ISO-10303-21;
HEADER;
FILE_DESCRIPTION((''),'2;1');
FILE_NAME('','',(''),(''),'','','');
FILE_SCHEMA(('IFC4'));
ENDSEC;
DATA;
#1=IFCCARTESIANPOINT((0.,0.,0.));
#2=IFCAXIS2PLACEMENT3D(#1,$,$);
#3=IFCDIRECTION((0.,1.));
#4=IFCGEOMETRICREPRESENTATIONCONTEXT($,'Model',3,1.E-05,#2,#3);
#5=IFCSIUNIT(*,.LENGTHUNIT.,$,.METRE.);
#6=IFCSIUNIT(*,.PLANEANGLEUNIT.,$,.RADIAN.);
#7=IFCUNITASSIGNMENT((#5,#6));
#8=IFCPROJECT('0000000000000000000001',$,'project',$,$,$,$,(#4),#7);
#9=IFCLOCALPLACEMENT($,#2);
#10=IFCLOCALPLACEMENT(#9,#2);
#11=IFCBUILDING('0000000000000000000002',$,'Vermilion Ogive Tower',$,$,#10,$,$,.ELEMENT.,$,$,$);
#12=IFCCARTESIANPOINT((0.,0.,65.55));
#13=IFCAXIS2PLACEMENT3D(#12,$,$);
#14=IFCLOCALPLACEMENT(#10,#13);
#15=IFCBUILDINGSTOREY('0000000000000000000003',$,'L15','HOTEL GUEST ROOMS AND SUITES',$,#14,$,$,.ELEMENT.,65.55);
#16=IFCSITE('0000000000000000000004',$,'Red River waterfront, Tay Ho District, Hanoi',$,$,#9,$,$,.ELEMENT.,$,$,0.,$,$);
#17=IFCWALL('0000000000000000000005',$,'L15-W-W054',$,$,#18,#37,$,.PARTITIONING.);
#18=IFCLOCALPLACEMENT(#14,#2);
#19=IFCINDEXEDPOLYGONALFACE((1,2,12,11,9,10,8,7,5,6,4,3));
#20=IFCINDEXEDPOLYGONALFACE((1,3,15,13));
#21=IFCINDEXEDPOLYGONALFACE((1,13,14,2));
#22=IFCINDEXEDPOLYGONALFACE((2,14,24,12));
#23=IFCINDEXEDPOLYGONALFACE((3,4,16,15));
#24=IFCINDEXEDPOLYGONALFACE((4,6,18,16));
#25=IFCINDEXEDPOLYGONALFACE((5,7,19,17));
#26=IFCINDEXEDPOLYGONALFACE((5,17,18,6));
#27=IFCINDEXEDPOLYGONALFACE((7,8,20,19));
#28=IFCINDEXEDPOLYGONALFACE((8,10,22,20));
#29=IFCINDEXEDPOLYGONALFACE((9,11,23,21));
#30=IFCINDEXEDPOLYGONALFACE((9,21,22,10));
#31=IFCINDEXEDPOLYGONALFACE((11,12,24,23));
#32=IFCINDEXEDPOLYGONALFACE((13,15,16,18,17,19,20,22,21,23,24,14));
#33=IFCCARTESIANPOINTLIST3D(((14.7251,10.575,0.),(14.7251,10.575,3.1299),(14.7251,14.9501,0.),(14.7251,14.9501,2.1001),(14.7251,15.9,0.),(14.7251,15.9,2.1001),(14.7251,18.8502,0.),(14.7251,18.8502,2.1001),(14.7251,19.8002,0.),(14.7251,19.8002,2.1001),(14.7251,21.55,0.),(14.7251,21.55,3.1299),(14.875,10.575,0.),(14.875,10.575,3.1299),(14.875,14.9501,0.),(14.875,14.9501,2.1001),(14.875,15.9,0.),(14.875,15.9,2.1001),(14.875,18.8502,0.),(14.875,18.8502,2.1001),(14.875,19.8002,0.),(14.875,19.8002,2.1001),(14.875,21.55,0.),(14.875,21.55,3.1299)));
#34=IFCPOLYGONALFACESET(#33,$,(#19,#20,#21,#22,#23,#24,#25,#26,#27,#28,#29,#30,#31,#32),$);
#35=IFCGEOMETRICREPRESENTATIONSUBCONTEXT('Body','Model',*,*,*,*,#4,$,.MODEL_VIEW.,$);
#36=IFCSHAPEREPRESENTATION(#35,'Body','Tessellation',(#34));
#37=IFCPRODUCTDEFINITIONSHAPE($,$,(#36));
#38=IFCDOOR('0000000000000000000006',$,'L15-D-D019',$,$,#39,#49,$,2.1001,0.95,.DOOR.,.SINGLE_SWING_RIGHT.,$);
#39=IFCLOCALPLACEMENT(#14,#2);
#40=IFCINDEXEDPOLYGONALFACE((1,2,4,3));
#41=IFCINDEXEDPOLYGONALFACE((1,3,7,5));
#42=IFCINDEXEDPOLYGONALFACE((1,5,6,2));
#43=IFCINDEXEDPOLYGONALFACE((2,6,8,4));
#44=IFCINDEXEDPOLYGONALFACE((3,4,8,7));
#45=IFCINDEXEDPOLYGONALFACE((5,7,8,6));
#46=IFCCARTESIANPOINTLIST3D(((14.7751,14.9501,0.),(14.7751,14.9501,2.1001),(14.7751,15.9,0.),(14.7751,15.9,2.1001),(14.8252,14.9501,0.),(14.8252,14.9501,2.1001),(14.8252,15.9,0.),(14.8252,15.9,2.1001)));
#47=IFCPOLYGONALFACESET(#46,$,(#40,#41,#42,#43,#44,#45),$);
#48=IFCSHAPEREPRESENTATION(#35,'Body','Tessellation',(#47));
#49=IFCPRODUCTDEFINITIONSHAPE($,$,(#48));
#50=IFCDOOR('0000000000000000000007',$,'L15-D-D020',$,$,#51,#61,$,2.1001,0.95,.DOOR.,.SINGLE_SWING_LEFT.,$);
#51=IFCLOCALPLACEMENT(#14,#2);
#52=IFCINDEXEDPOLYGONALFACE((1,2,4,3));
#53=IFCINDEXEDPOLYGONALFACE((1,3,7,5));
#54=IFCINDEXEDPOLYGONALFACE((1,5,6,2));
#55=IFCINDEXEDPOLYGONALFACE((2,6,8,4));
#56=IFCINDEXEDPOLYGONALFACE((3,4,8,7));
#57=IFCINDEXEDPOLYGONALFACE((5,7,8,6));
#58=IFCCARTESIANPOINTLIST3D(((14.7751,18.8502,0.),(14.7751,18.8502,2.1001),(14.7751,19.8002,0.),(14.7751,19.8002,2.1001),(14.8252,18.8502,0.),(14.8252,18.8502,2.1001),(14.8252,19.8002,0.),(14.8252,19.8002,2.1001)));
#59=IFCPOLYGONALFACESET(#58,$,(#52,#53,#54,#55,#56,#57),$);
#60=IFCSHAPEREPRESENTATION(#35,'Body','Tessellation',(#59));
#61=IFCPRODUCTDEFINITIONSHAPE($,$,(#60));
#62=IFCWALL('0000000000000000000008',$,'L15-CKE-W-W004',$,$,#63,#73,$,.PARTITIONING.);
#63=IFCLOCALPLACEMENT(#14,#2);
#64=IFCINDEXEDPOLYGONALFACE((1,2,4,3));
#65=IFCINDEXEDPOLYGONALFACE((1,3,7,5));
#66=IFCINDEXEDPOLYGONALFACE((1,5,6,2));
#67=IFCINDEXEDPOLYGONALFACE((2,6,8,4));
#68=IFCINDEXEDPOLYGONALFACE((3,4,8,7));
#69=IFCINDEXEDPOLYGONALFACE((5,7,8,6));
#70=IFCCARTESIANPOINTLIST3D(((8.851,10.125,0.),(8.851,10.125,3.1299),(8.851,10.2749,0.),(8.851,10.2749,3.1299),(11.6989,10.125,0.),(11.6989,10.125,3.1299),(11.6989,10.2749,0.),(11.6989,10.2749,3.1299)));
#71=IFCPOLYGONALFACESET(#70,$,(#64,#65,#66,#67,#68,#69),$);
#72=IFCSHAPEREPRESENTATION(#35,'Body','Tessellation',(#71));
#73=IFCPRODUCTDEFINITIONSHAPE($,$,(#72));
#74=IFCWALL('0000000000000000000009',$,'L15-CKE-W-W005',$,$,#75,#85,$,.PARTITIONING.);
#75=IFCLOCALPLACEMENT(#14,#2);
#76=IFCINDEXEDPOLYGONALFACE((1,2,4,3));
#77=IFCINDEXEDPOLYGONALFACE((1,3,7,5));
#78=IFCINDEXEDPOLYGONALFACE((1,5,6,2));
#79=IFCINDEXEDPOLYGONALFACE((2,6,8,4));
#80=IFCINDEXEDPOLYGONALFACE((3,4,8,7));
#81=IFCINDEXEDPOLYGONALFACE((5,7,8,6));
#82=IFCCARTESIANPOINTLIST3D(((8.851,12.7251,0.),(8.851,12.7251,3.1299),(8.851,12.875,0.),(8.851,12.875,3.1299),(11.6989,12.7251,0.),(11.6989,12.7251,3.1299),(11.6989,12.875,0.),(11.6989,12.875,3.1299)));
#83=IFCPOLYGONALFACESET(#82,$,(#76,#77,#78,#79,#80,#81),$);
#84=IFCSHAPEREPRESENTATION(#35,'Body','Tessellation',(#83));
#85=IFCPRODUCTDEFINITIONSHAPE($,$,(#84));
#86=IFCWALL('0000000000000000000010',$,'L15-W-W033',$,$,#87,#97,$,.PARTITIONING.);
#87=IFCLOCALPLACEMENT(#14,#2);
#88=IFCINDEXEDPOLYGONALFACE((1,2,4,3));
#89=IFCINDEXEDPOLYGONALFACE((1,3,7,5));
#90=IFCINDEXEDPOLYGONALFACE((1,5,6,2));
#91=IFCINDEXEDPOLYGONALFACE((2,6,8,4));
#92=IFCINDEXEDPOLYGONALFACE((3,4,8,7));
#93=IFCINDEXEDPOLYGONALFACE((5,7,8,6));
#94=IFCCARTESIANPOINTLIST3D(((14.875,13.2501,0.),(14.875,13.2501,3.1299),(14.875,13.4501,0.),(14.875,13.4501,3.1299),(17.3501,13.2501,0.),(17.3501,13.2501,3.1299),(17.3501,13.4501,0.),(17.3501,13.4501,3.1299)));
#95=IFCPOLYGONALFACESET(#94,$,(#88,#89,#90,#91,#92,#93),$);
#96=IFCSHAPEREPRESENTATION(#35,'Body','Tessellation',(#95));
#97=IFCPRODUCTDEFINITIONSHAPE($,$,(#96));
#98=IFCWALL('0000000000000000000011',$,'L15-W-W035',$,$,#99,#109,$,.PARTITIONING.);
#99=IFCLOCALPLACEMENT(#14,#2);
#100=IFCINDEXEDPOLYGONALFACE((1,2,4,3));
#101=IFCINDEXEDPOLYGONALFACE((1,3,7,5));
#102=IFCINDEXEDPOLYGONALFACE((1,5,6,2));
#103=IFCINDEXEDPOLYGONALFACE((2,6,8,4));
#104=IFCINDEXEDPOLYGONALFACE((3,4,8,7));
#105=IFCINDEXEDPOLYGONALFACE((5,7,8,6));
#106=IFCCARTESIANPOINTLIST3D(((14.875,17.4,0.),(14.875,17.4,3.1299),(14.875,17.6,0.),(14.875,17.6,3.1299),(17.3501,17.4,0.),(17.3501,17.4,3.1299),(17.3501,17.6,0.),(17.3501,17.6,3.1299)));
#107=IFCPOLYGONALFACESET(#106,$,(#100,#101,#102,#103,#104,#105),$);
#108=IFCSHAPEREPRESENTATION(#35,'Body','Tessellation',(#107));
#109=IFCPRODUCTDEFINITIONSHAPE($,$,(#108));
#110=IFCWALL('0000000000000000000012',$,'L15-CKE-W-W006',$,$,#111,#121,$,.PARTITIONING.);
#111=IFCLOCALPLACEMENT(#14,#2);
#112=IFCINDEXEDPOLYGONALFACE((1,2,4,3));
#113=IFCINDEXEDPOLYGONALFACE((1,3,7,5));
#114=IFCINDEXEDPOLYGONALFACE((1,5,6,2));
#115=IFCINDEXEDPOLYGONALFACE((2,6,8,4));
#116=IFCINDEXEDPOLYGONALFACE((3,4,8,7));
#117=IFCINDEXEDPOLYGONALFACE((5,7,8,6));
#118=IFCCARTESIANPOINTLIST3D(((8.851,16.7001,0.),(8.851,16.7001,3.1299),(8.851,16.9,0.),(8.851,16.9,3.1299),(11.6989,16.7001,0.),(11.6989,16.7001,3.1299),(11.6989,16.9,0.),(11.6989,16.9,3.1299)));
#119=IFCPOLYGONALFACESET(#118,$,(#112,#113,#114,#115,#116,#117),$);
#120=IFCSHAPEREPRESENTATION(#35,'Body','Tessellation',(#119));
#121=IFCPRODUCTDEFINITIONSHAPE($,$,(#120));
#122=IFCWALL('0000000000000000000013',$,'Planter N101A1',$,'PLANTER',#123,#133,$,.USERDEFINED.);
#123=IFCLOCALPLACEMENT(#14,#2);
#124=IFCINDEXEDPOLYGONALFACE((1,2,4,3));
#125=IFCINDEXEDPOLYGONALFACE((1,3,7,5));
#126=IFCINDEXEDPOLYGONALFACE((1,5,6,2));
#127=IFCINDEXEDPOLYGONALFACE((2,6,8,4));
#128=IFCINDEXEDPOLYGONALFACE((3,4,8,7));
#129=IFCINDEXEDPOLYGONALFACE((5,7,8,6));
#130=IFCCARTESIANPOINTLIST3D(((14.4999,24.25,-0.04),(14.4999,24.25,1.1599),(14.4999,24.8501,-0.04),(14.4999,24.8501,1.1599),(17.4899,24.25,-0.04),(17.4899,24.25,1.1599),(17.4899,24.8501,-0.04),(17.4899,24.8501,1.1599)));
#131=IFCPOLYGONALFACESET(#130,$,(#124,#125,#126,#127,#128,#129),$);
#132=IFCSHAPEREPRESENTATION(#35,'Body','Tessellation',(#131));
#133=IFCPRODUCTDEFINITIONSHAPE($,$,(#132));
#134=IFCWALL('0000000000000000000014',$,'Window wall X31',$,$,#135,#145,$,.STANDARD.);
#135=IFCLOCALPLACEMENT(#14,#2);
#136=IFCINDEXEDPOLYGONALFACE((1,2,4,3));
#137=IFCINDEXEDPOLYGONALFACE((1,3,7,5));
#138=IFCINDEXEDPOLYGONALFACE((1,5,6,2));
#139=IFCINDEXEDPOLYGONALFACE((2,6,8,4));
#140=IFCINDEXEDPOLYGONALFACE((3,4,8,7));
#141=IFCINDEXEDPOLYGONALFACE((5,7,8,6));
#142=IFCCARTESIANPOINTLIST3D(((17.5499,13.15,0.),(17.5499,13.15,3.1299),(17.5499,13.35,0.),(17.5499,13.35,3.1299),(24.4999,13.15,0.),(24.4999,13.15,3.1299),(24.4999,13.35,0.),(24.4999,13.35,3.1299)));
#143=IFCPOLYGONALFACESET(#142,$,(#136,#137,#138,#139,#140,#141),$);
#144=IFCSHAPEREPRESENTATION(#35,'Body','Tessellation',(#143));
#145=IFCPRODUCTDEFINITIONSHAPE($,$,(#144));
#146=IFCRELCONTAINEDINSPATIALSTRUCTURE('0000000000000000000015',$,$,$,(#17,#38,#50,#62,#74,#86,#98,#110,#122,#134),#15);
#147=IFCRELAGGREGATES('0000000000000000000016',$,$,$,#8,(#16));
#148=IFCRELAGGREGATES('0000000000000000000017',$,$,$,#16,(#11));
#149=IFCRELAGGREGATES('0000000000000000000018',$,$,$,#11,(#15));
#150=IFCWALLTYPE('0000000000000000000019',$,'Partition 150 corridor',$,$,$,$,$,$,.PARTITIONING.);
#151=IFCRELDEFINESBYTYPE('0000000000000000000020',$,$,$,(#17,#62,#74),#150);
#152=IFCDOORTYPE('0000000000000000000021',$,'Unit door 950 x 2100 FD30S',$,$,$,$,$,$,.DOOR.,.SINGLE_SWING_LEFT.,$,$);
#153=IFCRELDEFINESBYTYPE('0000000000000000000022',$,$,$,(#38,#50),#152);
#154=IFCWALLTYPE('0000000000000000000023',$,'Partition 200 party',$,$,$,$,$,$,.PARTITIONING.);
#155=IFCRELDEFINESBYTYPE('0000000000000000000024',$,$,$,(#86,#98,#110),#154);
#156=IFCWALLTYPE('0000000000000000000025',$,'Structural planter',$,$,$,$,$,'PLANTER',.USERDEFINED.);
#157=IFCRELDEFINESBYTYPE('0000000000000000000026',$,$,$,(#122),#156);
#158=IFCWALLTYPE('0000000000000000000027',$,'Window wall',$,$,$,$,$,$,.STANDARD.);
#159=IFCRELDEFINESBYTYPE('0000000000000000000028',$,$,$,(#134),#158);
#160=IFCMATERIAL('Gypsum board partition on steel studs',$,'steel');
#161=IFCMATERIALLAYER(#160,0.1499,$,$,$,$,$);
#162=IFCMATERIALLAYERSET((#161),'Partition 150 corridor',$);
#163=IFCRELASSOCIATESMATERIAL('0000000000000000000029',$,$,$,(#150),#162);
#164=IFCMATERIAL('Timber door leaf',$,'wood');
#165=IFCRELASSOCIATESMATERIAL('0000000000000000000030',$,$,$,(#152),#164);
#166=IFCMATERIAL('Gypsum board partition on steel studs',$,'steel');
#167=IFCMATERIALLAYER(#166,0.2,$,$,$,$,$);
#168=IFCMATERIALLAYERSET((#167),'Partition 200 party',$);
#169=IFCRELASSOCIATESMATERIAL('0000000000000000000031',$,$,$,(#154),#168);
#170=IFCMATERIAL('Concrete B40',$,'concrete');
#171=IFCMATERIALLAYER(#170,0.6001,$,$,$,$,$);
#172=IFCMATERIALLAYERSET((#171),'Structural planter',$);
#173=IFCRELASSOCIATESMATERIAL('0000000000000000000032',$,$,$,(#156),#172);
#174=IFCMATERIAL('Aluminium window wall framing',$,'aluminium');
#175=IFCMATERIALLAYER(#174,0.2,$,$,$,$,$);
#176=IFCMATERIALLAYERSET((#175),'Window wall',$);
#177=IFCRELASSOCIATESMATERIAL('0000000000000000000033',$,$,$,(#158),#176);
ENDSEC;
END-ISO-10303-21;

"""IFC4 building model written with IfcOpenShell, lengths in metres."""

from ifc_helpers import new_model, si_unit, direction, frame, frame_2d, origin, place, context, subcontext, project, spatial, rectangle, extrude, material, layer, layer_set, type_object, element, fill, save


model = new_model("IFC4")

# Units and contexts
model_context = context("Model", 3, precision=1e-05, world=origin(), true_north=direction((0.0, 1.0)))
body_context = subcontext(model_context, "Body", "Model", "MODEL_VIEW")
ifc_project = project(units=[si_unit("LENGTHUNIT", "METRE"), si_unit("PLANEANGLEUNIT", "RADIAN")], contexts=[model_context])

# Site, building, storey
site_placement = place(None, origin())
site = spatial("IfcSite", under=ifc_project, at=site_placement, Name="Red River waterfront, Tay Ho District, Hanoi", CompositionType="ELEMENT", RefElevation=0.0)
building_placement = place(site_placement, origin())
building = spatial("IfcBuilding", under=site, at=building_placement, Name="Vermilion Ogive Tower", CompositionType="ELEMENT")
storey_placement = place(building_placement, frame((0.0, 0.0, 65.55)))
storey = spatial("IfcBuildingStorey", under=building, at=storey_placement, Name="L15", Description="HOTEL GUEST ROOMS AND SUITES", CompositionType="ELEMENT", Elevation=65.55)

# Shared definitions
ifc_material_1 = material(Name="Gypsum board partition on steel studs", Category="steel")
ifc_layer_1 = layer(ifc_material_1, 0.1499)
ifc_layer_set_1 = layer_set([ifc_layer_1], Name="Partition 150 corridor")
wall_type_1 = type_object("IfcWallType", Name="Partition 150 corridor", PredefinedType="PARTITIONING", material=ifc_layer_set_1)

# Wall, openings, doors
wall_1_placement = place(storey_placement, frame((14.8, 10.575, 0.0), z_axis=(0.0, 0.0, 1.0), x_axis=(0.0, 1.0, 0.0)))
wall_1 = element("IfcWall", 1, at=wall_1_placement, inside=storey, type_object=wall_type_1, Name="L15-W-W054", PredefinedType="PARTITIONING", context=body_context, shape_type="SweptSolid", body=[
    extrude(rectangle(XDim=10.9751, YDim=0.1499, at=frame_2d((5.4875, 0.0))), origin(), (0.0, 0.0, 1.0), 3.1299),
])
opening_1_placement = place(wall_1_placement, frame((4.375, 0.0, 0.0)))
opening_1 = element("IfcOpeningElement", 2, at=opening_1_placement, cuts=wall_1, PredefinedType="OPENING", context=body_context, shape_type="SweptSolid", body=[
    extrude(rectangle(XDim=0.95, YDim=2.1001, at=frame_2d((0.4751, 1.05))), frame((0.0, 0.085, 0.0), z_axis=(0.0, -1.0, 0.0), x_axis=(1.0, 0.0, 0.0)), (0.0, 0.0, 1.0), 0.1699),
])
opening_2_placement = place(wall_1_placement, frame((8.2751, 0.0, 0.0)))
opening_2 = element("IfcOpeningElement", 3, at=opening_2_placement, cuts=wall_1, PredefinedType="OPENING", context=body_context, shape_type="SweptSolid", body=[
    extrude(rectangle(XDim=0.95, YDim=2.1001, at=frame_2d((0.4751, 1.05))), frame((0.0, 0.085, 0.0), z_axis=(0.0, -1.0, 0.0), x_axis=(1.0, 0.0, 0.0)), (0.0, 0.0, 1.0), 0.1699),
])
ifc_material_2 = material(Name="Timber door leaf", Category="wood")
door_type_1 = type_object("IfcDoorType", Name="Unit door 950 x 2100 FD30S", OperationType="SINGLE_SWING_LEFT", PredefinedType="DOOR", material=ifc_material_2)
door_1_placement = place(opening_1_placement, origin())
door_1 = element("IfcDoor", 4, at=door_1_placement, inside=storey, type_object=door_type_1, Name="L15-D-D019", OperationType="SINGLE_SWING_RIGHT", OverallHeight=2.1001, OverallWidth=0.95, PredefinedType="DOOR", context=body_context, shape_type="SweptSolid", body=[
    extrude(rectangle(XDim=0.95, YDim=2.1001, at=frame_2d((0.4751, 1.05))), frame((0.0, 0.0249, 0.0), z_axis=(0.0, -1.0, 0.0), x_axis=(1.0, 0.0, 0.0)), (0.0, 0.0, 1.0), 0.05),
])
fill(opening_1, door_1)
door_2_placement = place(opening_2_placement, origin())
door_2 = element("IfcDoor", 5, at=door_2_placement, inside=storey, type_object=door_type_1, Name="L15-D-D020", OperationType="SINGLE_SWING_LEFT", OverallHeight=2.1001, OverallWidth=0.95, PredefinedType="DOOR", context=body_context, shape_type="SweptSolid", body=[
    extrude(rectangle(XDim=0.95, YDim=2.1001, at=frame_2d((0.4751, 1.05))), frame((0.0, 0.0249, 0.0), z_axis=(0.0, -1.0, 0.0), x_axis=(1.0, 0.0, 0.0)), (0.0, 0.0, 1.0), 0.05),
])
fill(opening_2, door_2)

# Walls
for number, where, z_axis, x_axis, name in (
    (6, (8.8511, 10.2, 0.0), (0.0, 0.0, 1.0), (1.0, 0.0, 0.0), "L15-CKE-W-W004"),
    (7, (8.8511, 12.8, 0.0), (0.0, 0.0, 1.0), (1.0, 0.0, 0.0), "L15-CKE-W-W005"),
):
    element("IfcWall", number, at=place(storey_placement, frame(where, z_axis=z_axis, x_axis=x_axis)), inside=storey, type_object=wall_type_1, Name=name, PredefinedType="PARTITIONING", context=body_context, shape_type="SweptSolid", body=[
        extrude(rectangle(XDim=2.8479, YDim=0.1499, at=frame_2d((1.4238, 0.0))), origin(), (0.0, 0.0, 1.0), 3.1299),
    ])
ifc_material_3 = material(Name="Gypsum board partition on steel studs", Category="steel")
ifc_layer_2 = layer(ifc_material_3, 0.2)
ifc_layer_set_2 = layer_set([ifc_layer_2], Name="Partition 200 party")
wall_type_2 = type_object("IfcWallType", Name="Partition 200 party", PredefinedType="PARTITIONING", material=ifc_layer_set_2)
for number, where, z_axis, x_axis, name in (
    (8, (14.875, 13.3501, 0.0), (0.0, 0.0, 1.0), (1.0, 0.0, 0.0), "L15-W-W033"),
    (9, (14.875, 17.5, 0.0), (0.0, 0.0, 1.0), (1.0, 0.0, 0.0), "L15-W-W035"),
):
    element("IfcWall", number, at=place(storey_placement, frame(where, z_axis=z_axis, x_axis=x_axis)), inside=storey, type_object=wall_type_2, Name=name, PredefinedType="PARTITIONING", context=body_context, shape_type="SweptSolid", body=[
        extrude(rectangle(XDim=2.4751, YDim=0.2, at=frame_2d((1.2375, 0.0))), origin(), (0.0, 0.0, 1.0), 3.1299),
    ])
wall_2_placement = place(storey_placement, frame((8.8511, 16.8, 0.0), z_axis=(0.0, 0.0, 1.0), x_axis=(1.0, 0.0, 0.0)))
element("IfcWall", 10, at=wall_2_placement, inside=storey, type_object=wall_type_2, Name="L15-CKE-W-W006", PredefinedType="PARTITIONING", context=body_context, shape_type="SweptSolid", body=[
    extrude(rectangle(XDim=2.8479, YDim=0.2, at=frame_2d((1.4238, 0.0))), origin(), (0.0, 0.0, 1.0), 3.1299),
])
ifc_material_4 = material(Name="Concrete B40", Category="concrete")
ifc_layer_3 = layer(ifc_material_4, 0.6001)
ifc_layer_set_3 = layer_set([ifc_layer_3], Name="Structural planter")
wall_type_3 = type_object("IfcWallType", Name="Structural planter", ElementType="PLANTER", PredefinedType="USERDEFINED", material=ifc_layer_set_3)
wall_3_placement = place(storey_placement, frame((17.49, 24.55, -0.04), z_axis=(0.0, 0.0, 1.0), x_axis=(-1.0, 0.0, 0.0)))
element("IfcWall", 11, at=wall_3_placement, inside=storey, type_object=wall_type_3, Name="Planter N101A1", ObjectType="PLANTER", PredefinedType="USERDEFINED", context=body_context, shape_type="SweptSolid", body=[
    extrude(rectangle(XDim=2.99, YDim=0.6001, at=frame_2d((1.4951, 0.0))), origin(), (0.0, 0.0, 1.0), 1.2),
])
ifc_material_5 = material(Name="Aluminium window wall framing", Category="aluminium")
ifc_layer_4 = layer(ifc_material_5, 0.2)
ifc_layer_set_4 = layer_set([ifc_layer_4], Name="Window wall")
wall_type_4 = type_object("IfcWallType", Name="Window wall", PredefinedType="STANDARD", material=ifc_layer_set_4)
wall_4_placement = place(storey_placement, frame((24.5, 13.25, 0.0), z_axis=(0.0, 0.0, 1.0), x_axis=(-1.0, 0.0, 0.0)))
element("IfcWall", 12, at=wall_4_placement, inside=storey, type_object=wall_type_4, Name="Window wall X31", PredefinedType="STANDARD", context=body_context, shape_type="SweptSolid", body=[
    extrude(rectangle(XDim=6.95, YDim=0.2, at=frame_2d((3.4751, 0.0))), origin(), (0.0, 0.0, 1.0), 3.1299),
])

save(model, "model.ifc")
